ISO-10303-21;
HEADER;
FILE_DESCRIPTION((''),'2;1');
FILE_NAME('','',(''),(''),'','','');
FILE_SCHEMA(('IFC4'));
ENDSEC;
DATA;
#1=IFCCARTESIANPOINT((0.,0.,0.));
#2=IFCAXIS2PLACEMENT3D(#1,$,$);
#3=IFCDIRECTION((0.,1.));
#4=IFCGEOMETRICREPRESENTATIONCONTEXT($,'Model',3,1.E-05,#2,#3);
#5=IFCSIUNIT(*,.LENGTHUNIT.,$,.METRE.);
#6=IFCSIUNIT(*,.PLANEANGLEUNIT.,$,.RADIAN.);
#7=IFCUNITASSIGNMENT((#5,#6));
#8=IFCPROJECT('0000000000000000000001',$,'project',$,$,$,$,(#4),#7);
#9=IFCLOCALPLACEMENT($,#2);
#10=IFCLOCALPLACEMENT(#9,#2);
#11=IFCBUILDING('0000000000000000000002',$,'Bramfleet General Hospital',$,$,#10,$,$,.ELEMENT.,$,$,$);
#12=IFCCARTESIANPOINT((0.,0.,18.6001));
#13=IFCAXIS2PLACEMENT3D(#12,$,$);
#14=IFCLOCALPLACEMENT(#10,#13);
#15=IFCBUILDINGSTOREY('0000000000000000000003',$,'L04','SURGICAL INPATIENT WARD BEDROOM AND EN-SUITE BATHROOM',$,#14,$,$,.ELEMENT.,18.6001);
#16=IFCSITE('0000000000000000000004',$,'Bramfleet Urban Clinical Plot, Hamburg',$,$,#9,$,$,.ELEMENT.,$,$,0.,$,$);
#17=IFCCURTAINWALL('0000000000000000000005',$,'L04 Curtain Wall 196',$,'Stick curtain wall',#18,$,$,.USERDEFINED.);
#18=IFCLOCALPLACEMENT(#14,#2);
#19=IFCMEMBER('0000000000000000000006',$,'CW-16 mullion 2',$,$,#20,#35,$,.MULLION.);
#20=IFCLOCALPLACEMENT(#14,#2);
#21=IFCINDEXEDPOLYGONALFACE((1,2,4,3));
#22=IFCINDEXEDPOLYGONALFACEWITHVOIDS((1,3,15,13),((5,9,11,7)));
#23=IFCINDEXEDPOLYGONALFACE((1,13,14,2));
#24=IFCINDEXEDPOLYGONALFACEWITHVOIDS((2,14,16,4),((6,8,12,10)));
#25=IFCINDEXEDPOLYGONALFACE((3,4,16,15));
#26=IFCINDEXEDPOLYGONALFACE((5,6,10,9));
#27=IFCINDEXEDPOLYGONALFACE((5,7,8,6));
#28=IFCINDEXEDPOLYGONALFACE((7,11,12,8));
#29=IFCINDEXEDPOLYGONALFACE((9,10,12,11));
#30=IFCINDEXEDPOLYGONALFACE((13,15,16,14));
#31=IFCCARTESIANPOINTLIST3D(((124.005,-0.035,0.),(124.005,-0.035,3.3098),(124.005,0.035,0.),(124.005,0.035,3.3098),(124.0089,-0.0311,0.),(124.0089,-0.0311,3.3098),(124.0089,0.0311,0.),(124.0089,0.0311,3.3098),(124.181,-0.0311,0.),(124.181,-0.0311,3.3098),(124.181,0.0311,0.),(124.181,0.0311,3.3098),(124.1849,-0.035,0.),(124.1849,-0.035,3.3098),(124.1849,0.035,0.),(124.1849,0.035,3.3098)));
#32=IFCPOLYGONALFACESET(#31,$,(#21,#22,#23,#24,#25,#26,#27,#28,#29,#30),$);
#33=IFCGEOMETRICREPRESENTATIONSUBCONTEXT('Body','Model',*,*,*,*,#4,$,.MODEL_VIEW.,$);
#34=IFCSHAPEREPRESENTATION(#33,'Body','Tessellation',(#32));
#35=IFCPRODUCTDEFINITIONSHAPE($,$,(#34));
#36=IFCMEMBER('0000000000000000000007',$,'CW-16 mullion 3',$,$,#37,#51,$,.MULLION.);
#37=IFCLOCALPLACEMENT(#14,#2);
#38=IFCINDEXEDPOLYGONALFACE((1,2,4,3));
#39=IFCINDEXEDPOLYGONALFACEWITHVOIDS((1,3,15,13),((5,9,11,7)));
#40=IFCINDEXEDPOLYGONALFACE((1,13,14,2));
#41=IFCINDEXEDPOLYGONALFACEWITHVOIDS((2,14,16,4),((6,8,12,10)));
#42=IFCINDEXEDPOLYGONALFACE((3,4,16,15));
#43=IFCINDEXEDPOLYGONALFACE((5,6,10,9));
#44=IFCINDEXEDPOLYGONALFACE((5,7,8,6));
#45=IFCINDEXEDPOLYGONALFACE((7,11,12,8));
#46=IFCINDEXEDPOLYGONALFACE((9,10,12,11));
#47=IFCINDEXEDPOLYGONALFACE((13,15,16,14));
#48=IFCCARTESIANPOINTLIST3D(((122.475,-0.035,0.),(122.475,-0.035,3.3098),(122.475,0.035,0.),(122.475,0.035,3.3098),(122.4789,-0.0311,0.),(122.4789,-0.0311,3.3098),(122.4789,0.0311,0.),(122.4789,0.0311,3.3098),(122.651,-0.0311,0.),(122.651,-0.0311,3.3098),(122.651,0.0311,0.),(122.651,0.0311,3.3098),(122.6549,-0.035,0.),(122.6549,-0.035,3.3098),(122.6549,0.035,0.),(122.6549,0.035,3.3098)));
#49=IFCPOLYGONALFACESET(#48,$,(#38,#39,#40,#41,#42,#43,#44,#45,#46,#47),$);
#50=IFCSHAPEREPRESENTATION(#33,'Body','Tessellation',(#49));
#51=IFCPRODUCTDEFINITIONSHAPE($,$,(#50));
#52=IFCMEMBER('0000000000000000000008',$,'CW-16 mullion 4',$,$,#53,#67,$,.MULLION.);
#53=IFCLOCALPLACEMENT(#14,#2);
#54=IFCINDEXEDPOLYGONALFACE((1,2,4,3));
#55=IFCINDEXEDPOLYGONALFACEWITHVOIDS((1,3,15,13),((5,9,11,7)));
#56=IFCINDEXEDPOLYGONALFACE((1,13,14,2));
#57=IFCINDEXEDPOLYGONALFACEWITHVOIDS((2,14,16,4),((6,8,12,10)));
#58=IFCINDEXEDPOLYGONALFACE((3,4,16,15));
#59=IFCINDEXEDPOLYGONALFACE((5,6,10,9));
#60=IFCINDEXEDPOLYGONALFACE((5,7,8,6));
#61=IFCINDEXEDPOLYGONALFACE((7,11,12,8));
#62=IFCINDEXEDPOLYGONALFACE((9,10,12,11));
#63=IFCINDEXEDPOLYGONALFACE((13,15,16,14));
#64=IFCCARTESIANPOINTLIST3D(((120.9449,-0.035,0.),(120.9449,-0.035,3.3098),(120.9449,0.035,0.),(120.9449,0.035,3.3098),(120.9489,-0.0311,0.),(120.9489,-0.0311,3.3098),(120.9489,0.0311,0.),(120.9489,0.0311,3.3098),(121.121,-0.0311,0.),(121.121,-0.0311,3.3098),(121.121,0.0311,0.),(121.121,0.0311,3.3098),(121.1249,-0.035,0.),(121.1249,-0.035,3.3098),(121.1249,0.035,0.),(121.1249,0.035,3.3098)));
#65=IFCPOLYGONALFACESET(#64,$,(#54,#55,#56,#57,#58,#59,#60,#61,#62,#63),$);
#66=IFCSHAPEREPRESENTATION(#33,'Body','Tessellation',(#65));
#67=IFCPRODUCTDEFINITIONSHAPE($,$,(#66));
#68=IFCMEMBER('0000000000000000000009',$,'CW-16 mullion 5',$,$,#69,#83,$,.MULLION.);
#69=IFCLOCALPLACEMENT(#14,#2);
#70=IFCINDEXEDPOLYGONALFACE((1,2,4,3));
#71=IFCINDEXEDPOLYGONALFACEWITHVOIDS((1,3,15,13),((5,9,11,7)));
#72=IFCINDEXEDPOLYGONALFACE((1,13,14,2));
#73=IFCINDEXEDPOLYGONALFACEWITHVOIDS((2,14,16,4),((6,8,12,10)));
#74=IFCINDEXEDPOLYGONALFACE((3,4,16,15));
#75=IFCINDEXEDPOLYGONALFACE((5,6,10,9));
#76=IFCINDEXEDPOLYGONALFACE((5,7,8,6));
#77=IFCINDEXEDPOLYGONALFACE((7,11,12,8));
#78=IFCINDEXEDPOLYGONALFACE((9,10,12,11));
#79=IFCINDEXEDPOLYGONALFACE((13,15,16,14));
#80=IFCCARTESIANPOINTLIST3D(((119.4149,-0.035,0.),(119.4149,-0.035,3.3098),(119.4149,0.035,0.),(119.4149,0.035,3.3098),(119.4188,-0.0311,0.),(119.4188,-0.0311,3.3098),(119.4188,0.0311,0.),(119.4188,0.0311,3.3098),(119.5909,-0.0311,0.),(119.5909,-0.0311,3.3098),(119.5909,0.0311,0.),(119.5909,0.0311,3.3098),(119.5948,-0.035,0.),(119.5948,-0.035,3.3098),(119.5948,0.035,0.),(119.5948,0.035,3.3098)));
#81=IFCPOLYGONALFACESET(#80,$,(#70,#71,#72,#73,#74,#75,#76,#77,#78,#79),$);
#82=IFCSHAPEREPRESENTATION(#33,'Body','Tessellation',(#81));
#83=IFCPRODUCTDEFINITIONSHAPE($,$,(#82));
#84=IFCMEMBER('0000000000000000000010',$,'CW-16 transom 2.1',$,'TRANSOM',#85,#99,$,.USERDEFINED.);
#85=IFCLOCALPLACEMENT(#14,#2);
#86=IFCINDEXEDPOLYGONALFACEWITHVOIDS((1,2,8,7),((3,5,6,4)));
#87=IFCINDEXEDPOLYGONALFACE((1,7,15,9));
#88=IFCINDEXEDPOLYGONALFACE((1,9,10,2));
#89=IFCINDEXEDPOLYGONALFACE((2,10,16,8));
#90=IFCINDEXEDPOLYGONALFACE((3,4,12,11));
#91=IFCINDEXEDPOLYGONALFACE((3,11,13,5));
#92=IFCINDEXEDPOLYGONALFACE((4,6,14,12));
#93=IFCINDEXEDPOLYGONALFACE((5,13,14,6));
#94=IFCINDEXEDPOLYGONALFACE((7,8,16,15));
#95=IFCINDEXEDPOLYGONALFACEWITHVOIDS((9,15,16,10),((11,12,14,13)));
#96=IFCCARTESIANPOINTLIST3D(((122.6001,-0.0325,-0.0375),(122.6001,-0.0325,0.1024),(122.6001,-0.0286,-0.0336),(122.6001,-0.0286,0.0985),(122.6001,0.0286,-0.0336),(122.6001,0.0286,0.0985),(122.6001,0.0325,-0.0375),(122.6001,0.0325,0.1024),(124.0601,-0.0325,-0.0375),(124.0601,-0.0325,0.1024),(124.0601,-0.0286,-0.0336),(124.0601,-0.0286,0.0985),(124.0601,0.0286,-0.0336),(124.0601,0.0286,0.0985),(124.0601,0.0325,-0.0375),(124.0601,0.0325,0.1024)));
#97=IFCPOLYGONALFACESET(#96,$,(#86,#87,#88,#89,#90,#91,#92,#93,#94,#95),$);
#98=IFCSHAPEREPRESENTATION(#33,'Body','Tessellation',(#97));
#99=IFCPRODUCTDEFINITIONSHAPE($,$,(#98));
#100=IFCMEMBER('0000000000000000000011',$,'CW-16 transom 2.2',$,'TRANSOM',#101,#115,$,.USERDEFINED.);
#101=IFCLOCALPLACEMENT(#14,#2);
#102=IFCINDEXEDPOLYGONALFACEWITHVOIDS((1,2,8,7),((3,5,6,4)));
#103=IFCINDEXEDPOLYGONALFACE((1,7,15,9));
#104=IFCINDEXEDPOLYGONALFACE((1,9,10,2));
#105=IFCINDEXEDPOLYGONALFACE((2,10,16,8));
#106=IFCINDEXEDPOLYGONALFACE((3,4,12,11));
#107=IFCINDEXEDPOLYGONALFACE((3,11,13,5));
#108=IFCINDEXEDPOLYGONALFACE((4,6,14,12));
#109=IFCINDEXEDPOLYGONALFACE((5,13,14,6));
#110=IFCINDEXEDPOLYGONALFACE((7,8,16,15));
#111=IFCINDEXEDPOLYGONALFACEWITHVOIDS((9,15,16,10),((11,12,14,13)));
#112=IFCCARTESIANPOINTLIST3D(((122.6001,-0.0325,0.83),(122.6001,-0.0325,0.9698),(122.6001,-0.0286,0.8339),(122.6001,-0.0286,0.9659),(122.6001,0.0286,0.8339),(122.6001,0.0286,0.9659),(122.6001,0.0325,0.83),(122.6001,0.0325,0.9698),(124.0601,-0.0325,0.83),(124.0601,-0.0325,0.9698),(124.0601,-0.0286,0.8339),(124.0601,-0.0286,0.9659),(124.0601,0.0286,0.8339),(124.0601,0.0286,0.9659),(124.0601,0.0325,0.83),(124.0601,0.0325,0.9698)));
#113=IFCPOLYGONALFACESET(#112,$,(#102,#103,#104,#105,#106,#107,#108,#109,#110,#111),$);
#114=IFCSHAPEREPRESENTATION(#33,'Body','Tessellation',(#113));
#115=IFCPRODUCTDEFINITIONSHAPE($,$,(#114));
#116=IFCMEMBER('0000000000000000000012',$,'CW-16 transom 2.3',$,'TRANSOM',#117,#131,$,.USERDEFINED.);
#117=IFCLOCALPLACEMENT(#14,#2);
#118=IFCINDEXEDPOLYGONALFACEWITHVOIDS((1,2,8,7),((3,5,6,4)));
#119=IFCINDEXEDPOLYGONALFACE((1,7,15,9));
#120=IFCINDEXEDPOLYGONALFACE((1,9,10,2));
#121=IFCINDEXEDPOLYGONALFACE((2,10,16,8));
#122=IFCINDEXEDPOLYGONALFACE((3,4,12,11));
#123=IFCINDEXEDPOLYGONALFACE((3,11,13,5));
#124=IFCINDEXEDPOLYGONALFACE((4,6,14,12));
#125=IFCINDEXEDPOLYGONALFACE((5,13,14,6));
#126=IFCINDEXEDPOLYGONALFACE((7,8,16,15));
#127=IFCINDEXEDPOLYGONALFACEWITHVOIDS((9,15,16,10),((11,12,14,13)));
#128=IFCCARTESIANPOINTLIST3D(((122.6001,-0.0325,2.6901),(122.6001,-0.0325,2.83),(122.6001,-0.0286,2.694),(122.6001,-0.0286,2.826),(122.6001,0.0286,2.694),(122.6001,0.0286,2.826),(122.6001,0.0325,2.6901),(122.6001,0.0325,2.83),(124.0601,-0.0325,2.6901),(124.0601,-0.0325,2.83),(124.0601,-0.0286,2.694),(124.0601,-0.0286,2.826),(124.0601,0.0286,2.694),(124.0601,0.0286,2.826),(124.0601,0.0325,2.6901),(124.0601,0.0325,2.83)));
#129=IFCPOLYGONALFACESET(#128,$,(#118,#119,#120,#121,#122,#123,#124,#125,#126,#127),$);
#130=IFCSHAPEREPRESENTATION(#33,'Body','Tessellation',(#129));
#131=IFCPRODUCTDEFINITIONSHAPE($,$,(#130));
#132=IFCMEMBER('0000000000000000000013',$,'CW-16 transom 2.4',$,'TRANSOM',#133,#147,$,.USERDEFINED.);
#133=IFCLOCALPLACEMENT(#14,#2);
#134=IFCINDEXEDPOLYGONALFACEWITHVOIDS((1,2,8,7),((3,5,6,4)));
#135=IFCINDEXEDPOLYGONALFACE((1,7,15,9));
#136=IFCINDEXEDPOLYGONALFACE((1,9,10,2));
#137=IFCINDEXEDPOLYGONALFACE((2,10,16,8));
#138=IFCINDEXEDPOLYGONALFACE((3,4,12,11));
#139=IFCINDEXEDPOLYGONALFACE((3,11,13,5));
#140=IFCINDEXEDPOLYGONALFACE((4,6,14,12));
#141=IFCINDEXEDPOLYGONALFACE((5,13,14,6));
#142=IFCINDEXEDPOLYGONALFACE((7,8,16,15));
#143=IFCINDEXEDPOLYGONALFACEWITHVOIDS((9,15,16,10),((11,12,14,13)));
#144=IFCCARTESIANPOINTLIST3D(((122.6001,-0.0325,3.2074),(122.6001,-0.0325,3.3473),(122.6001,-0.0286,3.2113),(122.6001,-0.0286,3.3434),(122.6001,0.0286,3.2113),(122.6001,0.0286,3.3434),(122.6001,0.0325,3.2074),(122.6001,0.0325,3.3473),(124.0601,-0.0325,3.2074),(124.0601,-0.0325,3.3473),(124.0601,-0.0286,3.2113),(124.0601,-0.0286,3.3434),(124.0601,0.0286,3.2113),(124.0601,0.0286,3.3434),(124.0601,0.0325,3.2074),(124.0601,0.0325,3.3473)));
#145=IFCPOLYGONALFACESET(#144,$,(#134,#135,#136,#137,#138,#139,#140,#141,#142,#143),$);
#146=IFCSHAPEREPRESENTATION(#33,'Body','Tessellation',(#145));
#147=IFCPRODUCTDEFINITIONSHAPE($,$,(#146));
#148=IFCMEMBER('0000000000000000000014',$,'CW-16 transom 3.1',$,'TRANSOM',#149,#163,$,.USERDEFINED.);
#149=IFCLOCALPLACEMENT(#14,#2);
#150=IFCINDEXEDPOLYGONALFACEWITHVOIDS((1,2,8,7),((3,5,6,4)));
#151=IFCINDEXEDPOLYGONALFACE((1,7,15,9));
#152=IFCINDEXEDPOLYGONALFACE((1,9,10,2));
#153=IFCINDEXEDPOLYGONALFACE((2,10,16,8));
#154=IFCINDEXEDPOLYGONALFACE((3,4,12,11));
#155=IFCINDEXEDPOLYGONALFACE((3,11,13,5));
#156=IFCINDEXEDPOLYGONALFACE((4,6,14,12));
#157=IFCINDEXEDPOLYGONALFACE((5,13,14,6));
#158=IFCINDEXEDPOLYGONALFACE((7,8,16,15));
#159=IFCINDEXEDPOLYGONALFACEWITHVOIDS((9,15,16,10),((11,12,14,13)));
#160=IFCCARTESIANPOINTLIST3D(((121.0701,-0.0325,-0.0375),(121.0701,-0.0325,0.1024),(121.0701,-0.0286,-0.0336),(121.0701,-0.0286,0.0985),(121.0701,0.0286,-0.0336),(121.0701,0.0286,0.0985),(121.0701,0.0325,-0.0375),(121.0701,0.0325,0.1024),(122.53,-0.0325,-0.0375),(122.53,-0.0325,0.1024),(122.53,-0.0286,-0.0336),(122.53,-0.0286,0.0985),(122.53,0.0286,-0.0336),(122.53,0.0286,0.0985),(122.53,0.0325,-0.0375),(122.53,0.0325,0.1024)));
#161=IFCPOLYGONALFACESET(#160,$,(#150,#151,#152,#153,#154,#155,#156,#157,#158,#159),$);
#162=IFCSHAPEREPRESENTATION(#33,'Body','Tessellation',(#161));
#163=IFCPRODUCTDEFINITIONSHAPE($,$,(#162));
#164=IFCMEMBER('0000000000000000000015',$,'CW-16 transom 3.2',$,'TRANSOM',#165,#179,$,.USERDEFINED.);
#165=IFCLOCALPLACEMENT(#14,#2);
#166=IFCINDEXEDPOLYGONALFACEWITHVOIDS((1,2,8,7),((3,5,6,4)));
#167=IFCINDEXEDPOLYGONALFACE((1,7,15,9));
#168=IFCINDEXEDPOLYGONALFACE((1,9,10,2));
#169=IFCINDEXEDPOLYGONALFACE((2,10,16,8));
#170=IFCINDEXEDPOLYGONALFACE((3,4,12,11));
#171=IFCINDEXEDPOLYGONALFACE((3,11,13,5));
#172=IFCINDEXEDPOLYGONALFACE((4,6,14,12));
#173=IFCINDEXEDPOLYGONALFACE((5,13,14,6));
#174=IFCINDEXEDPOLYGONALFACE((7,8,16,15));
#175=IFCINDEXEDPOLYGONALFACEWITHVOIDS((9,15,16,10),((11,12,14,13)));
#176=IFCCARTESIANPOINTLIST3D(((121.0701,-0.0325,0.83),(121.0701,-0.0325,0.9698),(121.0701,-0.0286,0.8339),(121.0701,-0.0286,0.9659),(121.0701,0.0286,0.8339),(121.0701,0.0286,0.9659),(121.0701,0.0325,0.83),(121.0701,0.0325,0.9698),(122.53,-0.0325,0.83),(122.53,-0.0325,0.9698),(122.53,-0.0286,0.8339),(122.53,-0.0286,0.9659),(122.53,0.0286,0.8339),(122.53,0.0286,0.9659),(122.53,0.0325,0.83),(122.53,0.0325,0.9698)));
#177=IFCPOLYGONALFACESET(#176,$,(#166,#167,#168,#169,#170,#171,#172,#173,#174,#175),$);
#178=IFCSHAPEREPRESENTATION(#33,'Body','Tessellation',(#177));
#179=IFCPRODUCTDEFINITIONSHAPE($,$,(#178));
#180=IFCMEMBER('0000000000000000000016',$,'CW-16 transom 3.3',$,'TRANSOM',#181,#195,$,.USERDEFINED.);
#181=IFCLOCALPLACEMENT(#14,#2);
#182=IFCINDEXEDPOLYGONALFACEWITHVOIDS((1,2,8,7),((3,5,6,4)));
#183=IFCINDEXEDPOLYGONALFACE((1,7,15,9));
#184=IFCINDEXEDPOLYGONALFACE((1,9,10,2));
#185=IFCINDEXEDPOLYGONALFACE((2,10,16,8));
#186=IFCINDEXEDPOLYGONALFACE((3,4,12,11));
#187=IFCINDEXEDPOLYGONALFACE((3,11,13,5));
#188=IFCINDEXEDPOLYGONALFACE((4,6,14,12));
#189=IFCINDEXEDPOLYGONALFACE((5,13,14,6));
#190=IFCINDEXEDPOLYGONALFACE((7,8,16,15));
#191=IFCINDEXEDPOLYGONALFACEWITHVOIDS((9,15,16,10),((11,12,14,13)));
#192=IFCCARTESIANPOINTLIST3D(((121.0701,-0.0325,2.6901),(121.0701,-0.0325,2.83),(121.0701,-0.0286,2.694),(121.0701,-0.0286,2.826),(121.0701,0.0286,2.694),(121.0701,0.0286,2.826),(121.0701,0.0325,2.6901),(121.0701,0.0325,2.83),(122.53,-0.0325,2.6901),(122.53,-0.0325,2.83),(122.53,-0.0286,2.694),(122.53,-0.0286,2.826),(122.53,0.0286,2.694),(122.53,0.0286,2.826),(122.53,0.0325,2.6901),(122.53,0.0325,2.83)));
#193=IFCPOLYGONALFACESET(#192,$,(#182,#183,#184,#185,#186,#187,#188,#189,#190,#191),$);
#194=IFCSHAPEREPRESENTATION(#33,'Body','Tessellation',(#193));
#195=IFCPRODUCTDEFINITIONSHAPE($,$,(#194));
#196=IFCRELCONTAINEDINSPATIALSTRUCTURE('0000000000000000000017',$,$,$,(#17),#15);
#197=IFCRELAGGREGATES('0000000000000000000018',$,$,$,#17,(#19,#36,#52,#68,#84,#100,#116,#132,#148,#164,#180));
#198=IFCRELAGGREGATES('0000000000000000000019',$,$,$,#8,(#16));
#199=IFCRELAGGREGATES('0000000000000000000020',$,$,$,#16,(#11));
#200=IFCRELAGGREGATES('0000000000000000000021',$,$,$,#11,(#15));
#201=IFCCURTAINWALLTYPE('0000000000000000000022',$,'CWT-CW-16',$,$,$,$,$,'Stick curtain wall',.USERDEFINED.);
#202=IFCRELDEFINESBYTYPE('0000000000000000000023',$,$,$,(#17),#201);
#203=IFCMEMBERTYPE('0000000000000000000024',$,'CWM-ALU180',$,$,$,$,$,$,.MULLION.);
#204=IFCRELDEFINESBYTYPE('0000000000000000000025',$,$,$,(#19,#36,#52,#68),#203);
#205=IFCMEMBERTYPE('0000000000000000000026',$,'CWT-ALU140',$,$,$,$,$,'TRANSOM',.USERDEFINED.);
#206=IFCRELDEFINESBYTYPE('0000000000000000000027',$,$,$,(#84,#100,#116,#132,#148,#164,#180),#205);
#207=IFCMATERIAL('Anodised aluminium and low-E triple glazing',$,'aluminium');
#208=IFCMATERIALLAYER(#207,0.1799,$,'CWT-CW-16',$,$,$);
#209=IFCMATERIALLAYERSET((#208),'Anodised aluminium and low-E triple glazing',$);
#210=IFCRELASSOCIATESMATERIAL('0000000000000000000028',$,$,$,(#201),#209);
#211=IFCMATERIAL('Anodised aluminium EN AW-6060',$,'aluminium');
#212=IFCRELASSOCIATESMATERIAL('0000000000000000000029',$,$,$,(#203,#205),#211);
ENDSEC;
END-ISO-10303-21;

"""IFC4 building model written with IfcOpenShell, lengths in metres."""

from ifc_helpers import new_model, si_unit, direction, frame, origin, origin_2d, place, context, subcontext, project, spatial, hollow_rectangle, extrude, material, layer, layer_set, material_profile, profile_set, type_object, element, aggregate, save


model = new_model("IFC4")

# Units and contexts
model_context = context("Model", 3, precision=1e-05, world=origin(), true_north=direction((0.0, 1.0)))
body_context = subcontext(model_context, "Body", "Model", "MODEL_VIEW")
ifc_project = project(units=[si_unit("LENGTHUNIT", "METRE"), si_unit("PLANEANGLEUNIT", "RADIAN")], contexts=[model_context])

# Site, building, storey
site_placement = place(None, origin())
site = spatial("IfcSite", under=ifc_project, at=site_placement, Name="Bramfleet Urban Clinical Plot, Hamburg", CompositionType="ELEMENT", RefElevation=0.0)
building_placement = place(site_placement, origin())
building = spatial("IfcBuilding", under=site, at=building_placement, Name="Bramfleet General Hospital", CompositionType="ELEMENT")
storey_placement = place(building_placement, frame((0.0, 0.0, 18.6001)))
storey = spatial("IfcBuildingStorey", under=building, at=storey_placement, Name="L04", Description="SURGICAL INPATIENT WARD BEDROOM AND EN-SUITE BATHROOM", CompositionType="ELEMENT", Elevation=18.6001)

# Curtain wall, members
ifc_material_1 = material(Name="Anodised aluminium and low-E triple glazing", Category="aluminium")
ifc_layer_1 = layer(ifc_material_1, 0.1799, Name="CWT-CW-16")
ifc_layer_set_1 = layer_set([ifc_layer_1], Name="Anodised aluminium and low-E triple glazing")
curtain_wall_type = type_object("IfcCurtainWallType", Name="CWT-CW-16", ElementType="Stick curtain wall", PredefinedType="USERDEFINED", material=ifc_layer_set_1)
curtain_wall_placement = place(storey_placement, origin())
curtain_wall = element("IfcCurtainWall", 1, at=curtain_wall_placement, inside=storey, type_object=curtain_wall_type, Name="L04 Curtain Wall 196", ObjectType="Stick curtain wall", PredefinedType="USERDEFINED")
ifc_material_2 = material(Name="Anodised aluminium EN AW-6060", Category="aluminium")
ifc_material_profile_1 = material_profile(ifc_material_2, hollow_rectangle(XDim=0.0701, YDim=0.1799, WallThickness=0.0039, at=origin_2d()), Name="ALU 180x70x4.0")
ifc_profile_set_1 = profile_set([ifc_material_profile_1], Name="Anodised aluminium EN AW-6060")
member_type_1 = type_object("IfcMemberType", Name="CWM-ALU180", PredefinedType="MULLION", material=ifc_profile_set_1)
member_1_placement = place(storey_placement, frame((124.095, 0.0, 0.0), z_axis=(0.0, 0.0, 1.0), x_axis=(0.0, -1.0, 0.0)))
member_1 = element("IfcMember", 2, at=member_1_placement, type_object=member_type_1, Name="CW-16 mullion 2", PredefinedType="MULLION", context=body_context, shape_type="SweptSolid", body=[
    extrude(hollow_rectangle(XDim=0.0701, YDim=0.1799, WallThickness=0.0039, at=origin_2d()), origin(), (0.0, 0.0, 1.0), 3.3098),
])
member_2_placement = place(storey_placement, frame((122.5649, 0.0, 0.0), z_axis=(0.0, 0.0, 1.0), x_axis=(0.0, -1.0, 0.0)))
member_2 = element("IfcMember", 3, at=member_2_placement, type_object=member_type_1, Name="CW-16 mullion 3", PredefinedType="MULLION", context=body_context, shape_type="SweptSolid", body=[
    extrude(hollow_rectangle(XDim=0.0701, YDim=0.1799, WallThickness=0.0039, at=origin_2d()), origin(), (0.0, 0.0, 1.0), 3.3098),
])
member_3_placement = place(storey_placement, frame((121.0349, 0.0, 0.0), z_axis=(0.0, 0.0, 1.0), x_axis=(0.0, -1.0, 0.0)))
member_3 = element("IfcMember", 4, at=member_3_placement, type_object=member_type_1, Name="CW-16 mullion 4", PredefinedType="MULLION", context=body_context, shape_type="SweptSolid", body=[
    extrude(hollow_rectangle(XDim=0.0701, YDim=0.1799, WallThickness=0.0039, at=origin_2d()), origin(), (0.0, 0.0, 1.0), 3.3098),
])
member_4_placement = place(storey_placement, frame((119.5049, 0.0, 0.0), z_axis=(0.0, 0.0, 1.0), x_axis=(0.0, -1.0, 0.0)))
member_4 = element("IfcMember", 5, at=member_4_placement, type_object=member_type_1, Name="CW-16 mullion 5", PredefinedType="MULLION", context=body_context, shape_type="SweptSolid", body=[
    extrude(hollow_rectangle(XDim=0.0701, YDim=0.1799, WallThickness=0.0039, at=origin_2d()), origin(), (0.0, 0.0, 1.0), 3.3098),
])
ifc_material_profile_2 = material_profile(ifc_material_2, hollow_rectangle(XDim=0.0649, YDim=0.1399, WallThickness=0.0039, at=origin_2d()), Name="ALU 140x65x4.0")
ifc_profile_set_2 = profile_set([ifc_material_profile_2], Name="Anodised aluminium EN AW-6060")
member_type_2 = type_object("IfcMemberType", Name="CWT-ALU140", ElementType="TRANSOM", PredefinedType="USERDEFINED", material=ifc_profile_set_2)
member_5_placement = place(storey_placement, frame((124.0601, 0.0, 0.0325), z_axis=(-1.0, 0.0, 0.0), x_axis=(0.0, -1.0, 0.0)))
member_5 = element("IfcMember", 6, at=member_5_placement, type_object=member_type_2, Name="CW-16 transom 2.1", ObjectType="TRANSOM", PredefinedType="USERDEFINED", context=body_context, shape_type="SweptSolid", body=[
    extrude(hollow_rectangle(XDim=0.0649, YDim=0.1399, WallThickness=0.0039, at=origin_2d()), origin(), (0.0, 0.0, 1.0), 1.46),
])
member_6_placement = place(storey_placement, frame((124.0601, 0.0, 0.8999), z_axis=(-1.0, 0.0, 0.0), x_axis=(0.0, -1.0, 0.0)))
member_6 = element("IfcMember", 7, at=member_6_placement, type_object=member_type_2, Name="CW-16 transom 2.2", ObjectType="TRANSOM", PredefinedType="USERDEFINED", context=body_context, shape_type="SweptSolid", body=[
    extrude(hollow_rectangle(XDim=0.0649, YDim=0.1399, WallThickness=0.0039, at=origin_2d()), origin(), (0.0, 0.0, 1.0), 1.46),
])
member_7_placement = place(storey_placement, frame((124.0601, 0.0, 2.76), z_axis=(-1.0, 0.0, 0.0), x_axis=(0.0, -1.0, 0.0)))
member_7 = element("IfcMember", 8, at=member_7_placement, type_object=member_type_2, Name="CW-16 transom 2.3", ObjectType="TRANSOM", PredefinedType="USERDEFINED", context=body_context, shape_type="SweptSolid", body=[
    extrude(hollow_rectangle(XDim=0.0649, YDim=0.1399, WallThickness=0.0039, at=origin_2d()), origin(), (0.0, 0.0, 1.0), 1.46),
])
member_8_placement = place(storey_placement, frame((124.0601, 0.0, 3.2773), z_axis=(-1.0, 0.0, 0.0), x_axis=(0.0, -1.0, 0.0)))
member_8 = element("IfcMember", 9, at=member_8_placement, type_object=member_type_2, Name="CW-16 transom 2.4", ObjectType="TRANSOM", PredefinedType="USERDEFINED", context=body_context, shape_type="SweptSolid", body=[
    extrude(hollow_rectangle(XDim=0.0649, YDim=0.1399, WallThickness=0.0039, at=origin_2d()), origin(), (0.0, 0.0, 1.0), 1.46),
])
member_9_placement = place(storey_placement, frame((122.53, 0.0, 0.0325), z_axis=(-1.0, 0.0, 0.0), x_axis=(0.0, -1.0, 0.0)))
member_9 = element("IfcMember", 10, at=member_9_placement, type_object=member_type_2, Name="CW-16 transom 3.1", ObjectType="TRANSOM", PredefinedType="USERDEFINED", context=body_context, shape_type="SweptSolid", body=[
    extrude(hollow_rectangle(XDim=0.0649, YDim=0.1399, WallThickness=0.0039, at=origin_2d()), origin(), (0.0, 0.0, 1.0), 1.46),
])
member_10_placement = place(storey_placement, frame((122.53, 0.0, 0.8999), z_axis=(-1.0, 0.0, 0.0), x_axis=(0.0, -1.0, 0.0)))
member_10 = element("IfcMember", 11, at=member_10_placement, type_object=member_type_2, Name="CW-16 transom 3.2", ObjectType="TRANSOM", PredefinedType="USERDEFINED", context=body_context, shape_type="SweptSolid", body=[
    extrude(hollow_rectangle(XDim=0.0649, YDim=0.1399, WallThickness=0.0039, at=origin_2d()), origin(), (0.0, 0.0, 1.0), 1.46),
])
member_11_placement = place(storey_placement, frame((122.53, 0.0, 2.76), z_axis=(-1.0, 0.0, 0.0), x_axis=(0.0, -1.0, 0.0)))
member_11 = element("IfcMember", 12, at=member_11_placement, type_object=member_type_2, Name="CW-16 transom 3.3", ObjectType="TRANSOM", PredefinedType="USERDEFINED", context=body_context, shape_type="SweptSolid", body=[
    extrude(hollow_rectangle(XDim=0.0649, YDim=0.1399, WallThickness=0.0039, at=origin_2d()), origin(), (0.0, 0.0, 1.0), 1.46),
])
aggregate(curtain_wall, [member_1, member_2, member_3, member_4, member_5, member_6, member_7, member_8, member_9, member_10, member_11])

save(model, "model.ifc")
